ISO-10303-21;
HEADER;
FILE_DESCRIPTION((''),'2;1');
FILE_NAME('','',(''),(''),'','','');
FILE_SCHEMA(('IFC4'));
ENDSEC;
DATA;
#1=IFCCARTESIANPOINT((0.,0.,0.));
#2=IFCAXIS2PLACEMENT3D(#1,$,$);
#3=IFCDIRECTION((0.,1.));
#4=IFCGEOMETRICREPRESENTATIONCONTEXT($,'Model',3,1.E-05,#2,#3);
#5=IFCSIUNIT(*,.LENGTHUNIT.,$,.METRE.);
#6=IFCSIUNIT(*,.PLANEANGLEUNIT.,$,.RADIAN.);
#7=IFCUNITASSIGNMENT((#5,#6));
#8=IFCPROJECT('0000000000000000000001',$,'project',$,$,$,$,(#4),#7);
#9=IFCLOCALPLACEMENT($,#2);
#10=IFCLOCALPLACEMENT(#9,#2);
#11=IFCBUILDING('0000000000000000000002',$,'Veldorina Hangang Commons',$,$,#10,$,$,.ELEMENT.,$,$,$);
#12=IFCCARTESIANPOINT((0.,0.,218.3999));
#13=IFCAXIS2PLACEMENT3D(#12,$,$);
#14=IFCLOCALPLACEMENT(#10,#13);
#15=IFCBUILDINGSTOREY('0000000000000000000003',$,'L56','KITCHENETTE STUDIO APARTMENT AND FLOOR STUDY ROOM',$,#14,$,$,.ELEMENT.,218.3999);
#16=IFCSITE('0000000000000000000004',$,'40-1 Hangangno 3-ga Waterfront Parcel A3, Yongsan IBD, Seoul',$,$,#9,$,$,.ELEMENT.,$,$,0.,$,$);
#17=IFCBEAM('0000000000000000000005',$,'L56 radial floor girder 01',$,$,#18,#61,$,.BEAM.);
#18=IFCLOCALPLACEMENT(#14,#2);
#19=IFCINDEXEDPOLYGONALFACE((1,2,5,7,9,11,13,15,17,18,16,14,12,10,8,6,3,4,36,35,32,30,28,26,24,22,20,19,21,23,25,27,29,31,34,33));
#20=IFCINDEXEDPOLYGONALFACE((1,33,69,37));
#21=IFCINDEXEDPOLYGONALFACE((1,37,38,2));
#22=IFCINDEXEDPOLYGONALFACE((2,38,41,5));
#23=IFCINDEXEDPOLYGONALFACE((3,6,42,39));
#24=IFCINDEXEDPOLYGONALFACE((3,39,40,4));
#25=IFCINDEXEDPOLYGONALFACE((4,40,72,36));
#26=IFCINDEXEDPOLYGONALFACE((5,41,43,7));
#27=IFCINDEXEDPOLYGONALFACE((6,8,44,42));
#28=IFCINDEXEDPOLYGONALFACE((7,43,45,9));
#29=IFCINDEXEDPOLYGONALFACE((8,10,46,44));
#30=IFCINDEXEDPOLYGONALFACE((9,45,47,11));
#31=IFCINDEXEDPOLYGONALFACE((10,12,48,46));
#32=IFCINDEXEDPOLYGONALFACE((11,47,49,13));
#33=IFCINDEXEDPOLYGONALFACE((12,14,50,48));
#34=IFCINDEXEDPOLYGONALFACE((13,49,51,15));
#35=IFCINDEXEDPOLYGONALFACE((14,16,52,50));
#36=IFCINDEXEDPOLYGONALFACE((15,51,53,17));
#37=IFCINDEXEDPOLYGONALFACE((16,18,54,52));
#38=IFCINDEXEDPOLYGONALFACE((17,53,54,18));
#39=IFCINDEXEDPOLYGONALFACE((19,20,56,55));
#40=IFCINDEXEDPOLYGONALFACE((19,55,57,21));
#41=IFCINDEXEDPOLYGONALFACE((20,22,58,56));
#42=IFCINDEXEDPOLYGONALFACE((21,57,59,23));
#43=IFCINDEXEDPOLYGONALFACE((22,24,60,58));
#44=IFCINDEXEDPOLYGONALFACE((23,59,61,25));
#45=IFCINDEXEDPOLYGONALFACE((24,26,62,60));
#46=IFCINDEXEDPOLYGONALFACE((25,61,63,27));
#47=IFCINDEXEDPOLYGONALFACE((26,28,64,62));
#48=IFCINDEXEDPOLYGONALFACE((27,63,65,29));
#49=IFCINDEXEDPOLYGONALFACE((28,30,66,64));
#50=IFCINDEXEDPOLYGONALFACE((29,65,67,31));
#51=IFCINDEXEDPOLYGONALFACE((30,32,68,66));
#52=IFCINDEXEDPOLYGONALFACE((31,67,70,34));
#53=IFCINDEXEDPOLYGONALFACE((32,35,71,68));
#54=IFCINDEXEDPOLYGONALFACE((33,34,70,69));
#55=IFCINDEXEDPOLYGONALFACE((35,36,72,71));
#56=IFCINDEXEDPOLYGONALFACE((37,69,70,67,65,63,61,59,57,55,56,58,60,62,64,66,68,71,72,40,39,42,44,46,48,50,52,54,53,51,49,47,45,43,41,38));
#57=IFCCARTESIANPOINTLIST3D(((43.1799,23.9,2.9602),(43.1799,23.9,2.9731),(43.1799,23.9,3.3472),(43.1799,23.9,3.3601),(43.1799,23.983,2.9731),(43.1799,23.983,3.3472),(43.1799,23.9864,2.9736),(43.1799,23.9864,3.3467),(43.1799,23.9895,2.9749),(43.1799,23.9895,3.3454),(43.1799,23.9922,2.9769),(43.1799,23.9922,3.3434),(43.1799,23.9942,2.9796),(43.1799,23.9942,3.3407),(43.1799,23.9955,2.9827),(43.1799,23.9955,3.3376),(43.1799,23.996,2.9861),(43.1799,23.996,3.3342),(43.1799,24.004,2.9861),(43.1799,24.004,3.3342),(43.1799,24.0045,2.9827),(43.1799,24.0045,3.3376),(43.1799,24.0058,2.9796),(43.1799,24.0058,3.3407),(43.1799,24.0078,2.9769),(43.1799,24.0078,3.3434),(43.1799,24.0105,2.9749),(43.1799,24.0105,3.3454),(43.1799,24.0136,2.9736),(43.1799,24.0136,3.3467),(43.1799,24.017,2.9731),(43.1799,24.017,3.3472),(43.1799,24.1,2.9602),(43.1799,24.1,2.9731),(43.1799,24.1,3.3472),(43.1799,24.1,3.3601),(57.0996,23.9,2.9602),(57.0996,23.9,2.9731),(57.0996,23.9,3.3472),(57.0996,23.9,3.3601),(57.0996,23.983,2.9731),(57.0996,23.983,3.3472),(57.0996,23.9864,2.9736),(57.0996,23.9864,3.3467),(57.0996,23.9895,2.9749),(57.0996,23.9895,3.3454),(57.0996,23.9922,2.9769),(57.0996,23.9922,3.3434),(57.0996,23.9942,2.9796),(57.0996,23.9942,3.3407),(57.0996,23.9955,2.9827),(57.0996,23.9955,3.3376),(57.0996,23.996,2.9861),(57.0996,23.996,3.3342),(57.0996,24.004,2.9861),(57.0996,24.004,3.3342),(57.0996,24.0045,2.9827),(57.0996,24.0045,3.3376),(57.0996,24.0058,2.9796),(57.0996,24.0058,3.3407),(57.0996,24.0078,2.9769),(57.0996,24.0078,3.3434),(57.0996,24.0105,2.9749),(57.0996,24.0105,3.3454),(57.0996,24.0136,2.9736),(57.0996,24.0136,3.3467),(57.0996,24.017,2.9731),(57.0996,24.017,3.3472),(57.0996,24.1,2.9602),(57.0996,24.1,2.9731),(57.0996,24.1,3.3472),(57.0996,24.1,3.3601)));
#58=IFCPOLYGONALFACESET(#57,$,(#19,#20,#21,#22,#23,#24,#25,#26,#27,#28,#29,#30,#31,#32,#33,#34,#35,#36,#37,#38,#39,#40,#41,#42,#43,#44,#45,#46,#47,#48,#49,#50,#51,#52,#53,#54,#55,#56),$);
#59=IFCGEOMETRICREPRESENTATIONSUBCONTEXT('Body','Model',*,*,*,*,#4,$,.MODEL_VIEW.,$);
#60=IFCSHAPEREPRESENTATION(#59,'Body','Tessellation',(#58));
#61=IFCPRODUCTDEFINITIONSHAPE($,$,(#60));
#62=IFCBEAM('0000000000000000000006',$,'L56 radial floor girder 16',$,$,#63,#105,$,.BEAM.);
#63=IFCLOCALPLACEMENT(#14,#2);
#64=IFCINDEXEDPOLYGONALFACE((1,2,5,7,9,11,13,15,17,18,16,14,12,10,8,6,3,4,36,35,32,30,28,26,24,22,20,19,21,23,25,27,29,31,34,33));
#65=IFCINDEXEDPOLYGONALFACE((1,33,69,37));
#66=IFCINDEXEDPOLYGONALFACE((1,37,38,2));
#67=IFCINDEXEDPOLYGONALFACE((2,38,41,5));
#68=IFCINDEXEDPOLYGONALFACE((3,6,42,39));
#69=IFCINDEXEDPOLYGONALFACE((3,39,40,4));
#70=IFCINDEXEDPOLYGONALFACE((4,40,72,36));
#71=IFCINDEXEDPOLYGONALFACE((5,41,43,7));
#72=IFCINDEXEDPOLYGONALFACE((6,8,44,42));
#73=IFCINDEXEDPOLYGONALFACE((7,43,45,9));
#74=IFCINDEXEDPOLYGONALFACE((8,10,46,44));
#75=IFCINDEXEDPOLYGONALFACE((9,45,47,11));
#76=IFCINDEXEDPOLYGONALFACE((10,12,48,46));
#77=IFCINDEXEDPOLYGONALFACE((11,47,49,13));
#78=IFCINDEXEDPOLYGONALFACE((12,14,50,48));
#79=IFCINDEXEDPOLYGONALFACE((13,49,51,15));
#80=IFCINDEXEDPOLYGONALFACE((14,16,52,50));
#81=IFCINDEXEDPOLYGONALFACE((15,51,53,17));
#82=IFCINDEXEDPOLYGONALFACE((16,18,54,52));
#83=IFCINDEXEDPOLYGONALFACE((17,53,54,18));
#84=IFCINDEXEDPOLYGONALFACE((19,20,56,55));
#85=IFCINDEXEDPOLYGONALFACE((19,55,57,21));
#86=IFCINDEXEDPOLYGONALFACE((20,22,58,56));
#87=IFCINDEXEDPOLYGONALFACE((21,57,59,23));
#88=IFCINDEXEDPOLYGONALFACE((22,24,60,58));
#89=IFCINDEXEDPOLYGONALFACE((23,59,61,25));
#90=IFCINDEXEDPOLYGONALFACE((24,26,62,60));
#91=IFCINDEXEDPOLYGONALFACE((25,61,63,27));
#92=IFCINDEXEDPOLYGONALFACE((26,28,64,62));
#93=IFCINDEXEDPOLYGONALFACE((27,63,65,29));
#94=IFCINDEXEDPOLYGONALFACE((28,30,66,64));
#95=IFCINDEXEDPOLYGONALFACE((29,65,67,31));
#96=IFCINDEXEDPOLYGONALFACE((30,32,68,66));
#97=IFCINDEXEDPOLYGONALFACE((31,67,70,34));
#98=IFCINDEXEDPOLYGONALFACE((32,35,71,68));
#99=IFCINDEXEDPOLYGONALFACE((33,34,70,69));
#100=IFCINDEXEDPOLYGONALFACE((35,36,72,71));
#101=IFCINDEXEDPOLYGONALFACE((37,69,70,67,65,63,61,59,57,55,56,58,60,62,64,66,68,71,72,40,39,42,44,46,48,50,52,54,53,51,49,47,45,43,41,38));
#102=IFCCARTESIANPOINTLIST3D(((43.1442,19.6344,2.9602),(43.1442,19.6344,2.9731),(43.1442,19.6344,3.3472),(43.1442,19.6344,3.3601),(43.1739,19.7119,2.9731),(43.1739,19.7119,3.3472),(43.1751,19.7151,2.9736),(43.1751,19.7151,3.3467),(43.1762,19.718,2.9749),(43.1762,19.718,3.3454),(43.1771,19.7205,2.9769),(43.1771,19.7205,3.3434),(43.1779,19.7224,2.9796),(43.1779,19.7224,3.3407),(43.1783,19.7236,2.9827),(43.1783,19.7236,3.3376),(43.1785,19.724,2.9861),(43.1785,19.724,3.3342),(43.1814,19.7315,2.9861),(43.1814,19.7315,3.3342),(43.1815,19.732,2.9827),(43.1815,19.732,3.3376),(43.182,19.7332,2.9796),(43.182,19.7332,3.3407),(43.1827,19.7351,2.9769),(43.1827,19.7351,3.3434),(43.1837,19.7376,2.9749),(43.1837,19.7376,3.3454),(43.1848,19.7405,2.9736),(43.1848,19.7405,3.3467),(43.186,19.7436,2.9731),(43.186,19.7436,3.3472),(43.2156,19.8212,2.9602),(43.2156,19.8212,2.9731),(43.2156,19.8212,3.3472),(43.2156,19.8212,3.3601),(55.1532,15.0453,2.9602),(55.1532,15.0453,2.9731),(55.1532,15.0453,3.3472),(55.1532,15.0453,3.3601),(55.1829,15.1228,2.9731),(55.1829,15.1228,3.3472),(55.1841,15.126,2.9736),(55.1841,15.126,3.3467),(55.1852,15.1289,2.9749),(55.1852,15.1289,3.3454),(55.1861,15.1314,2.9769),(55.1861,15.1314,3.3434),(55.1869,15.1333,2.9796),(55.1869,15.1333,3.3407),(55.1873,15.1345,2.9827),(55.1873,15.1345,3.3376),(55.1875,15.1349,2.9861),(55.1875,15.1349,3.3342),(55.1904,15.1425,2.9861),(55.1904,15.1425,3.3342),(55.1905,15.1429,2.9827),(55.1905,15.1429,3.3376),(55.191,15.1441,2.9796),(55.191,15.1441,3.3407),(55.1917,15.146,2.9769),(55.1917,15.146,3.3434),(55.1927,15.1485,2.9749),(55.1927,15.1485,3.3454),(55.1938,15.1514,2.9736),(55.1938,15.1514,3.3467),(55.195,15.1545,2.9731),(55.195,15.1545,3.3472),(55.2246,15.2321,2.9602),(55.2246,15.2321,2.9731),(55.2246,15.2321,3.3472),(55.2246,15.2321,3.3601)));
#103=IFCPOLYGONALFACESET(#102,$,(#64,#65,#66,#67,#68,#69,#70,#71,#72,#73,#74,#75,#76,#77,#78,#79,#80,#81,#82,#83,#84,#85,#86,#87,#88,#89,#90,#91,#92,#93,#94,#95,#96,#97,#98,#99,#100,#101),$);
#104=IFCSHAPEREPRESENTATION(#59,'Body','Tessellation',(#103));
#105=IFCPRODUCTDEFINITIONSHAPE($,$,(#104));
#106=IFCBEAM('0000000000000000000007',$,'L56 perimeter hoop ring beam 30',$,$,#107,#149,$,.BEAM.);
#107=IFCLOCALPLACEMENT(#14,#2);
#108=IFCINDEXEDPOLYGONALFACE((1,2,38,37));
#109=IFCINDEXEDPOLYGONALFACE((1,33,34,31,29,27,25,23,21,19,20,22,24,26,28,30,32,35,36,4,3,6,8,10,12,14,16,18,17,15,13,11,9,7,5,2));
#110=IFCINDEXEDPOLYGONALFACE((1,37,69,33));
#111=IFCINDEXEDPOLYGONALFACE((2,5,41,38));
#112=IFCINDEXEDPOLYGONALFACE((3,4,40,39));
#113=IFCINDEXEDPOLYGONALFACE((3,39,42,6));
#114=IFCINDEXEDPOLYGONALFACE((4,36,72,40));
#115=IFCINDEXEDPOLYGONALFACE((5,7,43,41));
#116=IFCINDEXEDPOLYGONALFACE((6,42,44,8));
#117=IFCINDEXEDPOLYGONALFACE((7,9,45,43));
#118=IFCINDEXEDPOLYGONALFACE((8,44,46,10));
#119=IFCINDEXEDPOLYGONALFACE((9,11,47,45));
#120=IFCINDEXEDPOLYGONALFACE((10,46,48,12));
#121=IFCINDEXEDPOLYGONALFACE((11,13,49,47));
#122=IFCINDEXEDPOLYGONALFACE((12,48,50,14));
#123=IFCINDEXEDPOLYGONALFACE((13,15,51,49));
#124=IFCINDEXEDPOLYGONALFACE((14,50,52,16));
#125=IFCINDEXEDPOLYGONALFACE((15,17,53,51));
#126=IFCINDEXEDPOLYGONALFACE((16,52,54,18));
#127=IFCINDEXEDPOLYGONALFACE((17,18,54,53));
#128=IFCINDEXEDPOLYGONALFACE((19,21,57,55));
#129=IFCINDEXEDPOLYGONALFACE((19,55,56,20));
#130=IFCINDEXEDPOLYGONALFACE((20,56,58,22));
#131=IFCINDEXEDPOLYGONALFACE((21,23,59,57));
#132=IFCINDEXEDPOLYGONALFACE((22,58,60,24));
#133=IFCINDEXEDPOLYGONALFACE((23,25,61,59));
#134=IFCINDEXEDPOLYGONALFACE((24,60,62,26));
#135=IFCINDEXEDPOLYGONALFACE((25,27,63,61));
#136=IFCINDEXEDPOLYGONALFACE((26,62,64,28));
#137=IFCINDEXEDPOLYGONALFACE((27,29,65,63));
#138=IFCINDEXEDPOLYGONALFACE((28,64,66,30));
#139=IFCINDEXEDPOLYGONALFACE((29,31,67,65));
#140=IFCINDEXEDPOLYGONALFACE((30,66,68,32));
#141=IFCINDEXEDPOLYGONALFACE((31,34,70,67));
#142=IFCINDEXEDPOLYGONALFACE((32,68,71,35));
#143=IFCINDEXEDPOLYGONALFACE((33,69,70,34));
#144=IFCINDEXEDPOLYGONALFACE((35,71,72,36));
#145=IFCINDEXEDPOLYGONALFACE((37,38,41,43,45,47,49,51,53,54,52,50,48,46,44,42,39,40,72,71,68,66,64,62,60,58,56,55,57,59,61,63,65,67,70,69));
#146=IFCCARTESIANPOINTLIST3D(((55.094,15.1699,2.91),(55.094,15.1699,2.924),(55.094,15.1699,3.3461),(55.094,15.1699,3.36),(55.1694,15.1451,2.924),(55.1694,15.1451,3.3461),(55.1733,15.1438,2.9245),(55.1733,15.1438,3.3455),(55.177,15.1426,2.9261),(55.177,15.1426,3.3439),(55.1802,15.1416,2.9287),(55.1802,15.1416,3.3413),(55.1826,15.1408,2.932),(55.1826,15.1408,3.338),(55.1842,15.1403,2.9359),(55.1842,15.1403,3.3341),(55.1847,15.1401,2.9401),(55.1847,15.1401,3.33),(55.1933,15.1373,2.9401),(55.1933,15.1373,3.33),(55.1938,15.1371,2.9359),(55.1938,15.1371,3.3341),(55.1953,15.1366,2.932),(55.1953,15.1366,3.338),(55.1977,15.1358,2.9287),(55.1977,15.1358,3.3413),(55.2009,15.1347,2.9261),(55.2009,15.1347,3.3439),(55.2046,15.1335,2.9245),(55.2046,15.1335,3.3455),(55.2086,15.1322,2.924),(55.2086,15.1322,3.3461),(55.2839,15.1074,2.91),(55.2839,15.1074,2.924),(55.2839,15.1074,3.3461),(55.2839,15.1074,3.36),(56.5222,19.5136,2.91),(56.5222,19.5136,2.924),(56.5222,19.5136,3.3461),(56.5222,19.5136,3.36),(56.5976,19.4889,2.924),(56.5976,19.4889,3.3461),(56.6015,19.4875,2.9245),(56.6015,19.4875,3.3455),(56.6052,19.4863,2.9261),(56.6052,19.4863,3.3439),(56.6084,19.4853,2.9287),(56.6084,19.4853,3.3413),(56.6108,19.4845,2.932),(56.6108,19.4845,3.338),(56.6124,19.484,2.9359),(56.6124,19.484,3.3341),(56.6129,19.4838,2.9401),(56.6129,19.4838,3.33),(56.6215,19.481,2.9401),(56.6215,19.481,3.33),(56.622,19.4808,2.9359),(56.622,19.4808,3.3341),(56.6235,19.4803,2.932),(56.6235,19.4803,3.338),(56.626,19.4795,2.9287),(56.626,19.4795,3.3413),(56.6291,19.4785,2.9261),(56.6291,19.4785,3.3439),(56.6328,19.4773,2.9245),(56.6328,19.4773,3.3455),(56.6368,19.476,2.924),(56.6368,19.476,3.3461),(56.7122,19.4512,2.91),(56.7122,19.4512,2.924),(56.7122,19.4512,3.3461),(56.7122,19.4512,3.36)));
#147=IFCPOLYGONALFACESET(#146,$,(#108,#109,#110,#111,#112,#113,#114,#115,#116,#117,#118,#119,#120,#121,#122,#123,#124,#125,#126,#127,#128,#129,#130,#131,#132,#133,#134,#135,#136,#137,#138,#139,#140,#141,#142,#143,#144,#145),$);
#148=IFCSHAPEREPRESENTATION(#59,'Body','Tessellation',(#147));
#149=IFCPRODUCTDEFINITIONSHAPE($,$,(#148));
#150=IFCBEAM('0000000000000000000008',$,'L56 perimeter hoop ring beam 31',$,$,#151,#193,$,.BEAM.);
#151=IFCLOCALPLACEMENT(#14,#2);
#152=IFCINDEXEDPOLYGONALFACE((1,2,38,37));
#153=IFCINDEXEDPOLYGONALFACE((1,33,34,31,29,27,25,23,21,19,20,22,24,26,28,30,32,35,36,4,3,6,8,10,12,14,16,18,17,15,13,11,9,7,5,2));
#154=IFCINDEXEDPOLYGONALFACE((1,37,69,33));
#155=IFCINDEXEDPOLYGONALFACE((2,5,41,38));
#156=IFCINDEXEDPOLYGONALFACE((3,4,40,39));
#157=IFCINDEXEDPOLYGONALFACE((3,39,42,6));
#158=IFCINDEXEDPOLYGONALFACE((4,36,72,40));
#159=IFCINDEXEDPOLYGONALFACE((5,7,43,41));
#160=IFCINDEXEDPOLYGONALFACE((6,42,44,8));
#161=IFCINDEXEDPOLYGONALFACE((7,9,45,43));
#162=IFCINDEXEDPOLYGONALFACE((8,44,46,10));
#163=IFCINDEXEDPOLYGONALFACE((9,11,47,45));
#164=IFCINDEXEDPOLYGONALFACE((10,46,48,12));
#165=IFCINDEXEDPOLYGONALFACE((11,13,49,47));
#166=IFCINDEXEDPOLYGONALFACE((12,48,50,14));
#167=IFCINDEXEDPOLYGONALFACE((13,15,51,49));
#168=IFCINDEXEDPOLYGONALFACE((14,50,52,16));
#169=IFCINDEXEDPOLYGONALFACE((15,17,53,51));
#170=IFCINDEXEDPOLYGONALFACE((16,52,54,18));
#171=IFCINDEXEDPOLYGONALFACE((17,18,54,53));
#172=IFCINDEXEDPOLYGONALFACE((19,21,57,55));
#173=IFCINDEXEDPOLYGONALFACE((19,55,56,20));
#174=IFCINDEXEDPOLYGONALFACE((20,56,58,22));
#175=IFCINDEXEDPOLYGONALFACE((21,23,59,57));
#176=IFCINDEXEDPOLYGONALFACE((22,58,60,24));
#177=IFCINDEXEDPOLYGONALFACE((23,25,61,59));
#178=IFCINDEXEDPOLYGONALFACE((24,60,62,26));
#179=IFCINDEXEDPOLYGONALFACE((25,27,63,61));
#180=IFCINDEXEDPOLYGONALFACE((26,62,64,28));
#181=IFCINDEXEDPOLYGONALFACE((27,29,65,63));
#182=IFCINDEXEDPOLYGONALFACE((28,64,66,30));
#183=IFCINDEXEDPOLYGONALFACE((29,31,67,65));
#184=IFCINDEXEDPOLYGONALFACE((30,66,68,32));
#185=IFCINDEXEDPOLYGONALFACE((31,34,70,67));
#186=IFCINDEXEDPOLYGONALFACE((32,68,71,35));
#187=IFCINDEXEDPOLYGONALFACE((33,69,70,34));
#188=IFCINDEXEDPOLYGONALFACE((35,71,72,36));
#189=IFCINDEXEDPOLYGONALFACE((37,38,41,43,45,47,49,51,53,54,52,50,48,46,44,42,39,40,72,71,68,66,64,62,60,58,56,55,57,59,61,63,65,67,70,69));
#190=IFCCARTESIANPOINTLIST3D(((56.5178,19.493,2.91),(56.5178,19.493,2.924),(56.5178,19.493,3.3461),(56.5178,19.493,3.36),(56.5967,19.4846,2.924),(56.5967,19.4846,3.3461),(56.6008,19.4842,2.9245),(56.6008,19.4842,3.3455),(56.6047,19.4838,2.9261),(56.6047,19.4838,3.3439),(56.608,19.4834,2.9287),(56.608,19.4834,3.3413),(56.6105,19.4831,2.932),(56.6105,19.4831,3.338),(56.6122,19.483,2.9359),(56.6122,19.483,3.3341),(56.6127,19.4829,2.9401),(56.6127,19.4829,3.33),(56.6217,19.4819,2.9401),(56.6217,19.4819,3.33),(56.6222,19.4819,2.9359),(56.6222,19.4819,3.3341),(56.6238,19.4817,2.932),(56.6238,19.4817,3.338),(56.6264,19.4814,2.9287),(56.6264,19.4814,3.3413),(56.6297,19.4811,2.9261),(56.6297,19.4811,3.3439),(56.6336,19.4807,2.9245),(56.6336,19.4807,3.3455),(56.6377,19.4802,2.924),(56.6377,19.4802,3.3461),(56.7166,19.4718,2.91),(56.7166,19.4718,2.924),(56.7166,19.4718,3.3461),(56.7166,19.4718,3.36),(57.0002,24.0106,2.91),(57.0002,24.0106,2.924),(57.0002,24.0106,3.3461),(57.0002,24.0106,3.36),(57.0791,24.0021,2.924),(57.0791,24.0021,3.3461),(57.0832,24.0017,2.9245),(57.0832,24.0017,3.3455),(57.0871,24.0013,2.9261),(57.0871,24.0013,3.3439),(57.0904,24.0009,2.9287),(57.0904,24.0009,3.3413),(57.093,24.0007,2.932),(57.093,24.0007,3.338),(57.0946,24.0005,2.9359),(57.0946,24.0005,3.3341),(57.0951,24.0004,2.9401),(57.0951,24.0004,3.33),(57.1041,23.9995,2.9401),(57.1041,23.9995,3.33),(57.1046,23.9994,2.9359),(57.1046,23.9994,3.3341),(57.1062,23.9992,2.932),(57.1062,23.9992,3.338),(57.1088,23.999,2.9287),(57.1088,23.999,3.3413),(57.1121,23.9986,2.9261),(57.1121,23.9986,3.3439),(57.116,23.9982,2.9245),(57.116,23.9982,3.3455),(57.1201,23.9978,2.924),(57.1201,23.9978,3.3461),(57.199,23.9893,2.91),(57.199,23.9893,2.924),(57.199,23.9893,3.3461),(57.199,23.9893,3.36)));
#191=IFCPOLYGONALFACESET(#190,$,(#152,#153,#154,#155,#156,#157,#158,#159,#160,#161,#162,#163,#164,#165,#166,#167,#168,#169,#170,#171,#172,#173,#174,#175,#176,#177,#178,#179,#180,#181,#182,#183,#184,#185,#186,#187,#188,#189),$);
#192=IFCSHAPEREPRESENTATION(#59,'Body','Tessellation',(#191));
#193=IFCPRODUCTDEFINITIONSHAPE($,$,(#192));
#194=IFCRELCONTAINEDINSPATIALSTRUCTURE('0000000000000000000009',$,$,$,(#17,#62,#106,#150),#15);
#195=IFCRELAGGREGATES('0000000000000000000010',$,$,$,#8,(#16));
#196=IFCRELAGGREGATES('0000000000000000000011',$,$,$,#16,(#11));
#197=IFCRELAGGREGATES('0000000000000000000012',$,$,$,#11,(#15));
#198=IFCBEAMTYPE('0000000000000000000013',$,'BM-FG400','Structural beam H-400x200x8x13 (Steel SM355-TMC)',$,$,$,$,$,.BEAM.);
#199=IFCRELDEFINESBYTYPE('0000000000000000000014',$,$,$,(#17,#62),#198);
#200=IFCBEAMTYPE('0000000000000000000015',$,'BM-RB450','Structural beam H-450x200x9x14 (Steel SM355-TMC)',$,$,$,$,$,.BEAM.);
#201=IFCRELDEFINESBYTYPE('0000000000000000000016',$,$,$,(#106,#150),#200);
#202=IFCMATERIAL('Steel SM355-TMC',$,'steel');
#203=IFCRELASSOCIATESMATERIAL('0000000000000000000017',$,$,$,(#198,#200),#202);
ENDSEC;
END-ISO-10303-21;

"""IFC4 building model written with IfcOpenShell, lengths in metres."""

from ifc_helpers import new_model, si_unit, direction, frame, origin, origin_2d, place, context, subcontext, project, spatial, i_section, extrude, material, material_profile, profile_set, type_object, element, save


model = new_model("IFC4")

# Units and contexts
model_context = context("Model", 3, precision=1e-05, world=origin(), true_north=direction((0.0, 1.0)))
body_context = subcontext(model_context, "Body", "Model", "MODEL_VIEW")
ifc_project = project(units=[si_unit("LENGTHUNIT", "METRE"), si_unit("PLANEANGLEUNIT", "RADIAN")], contexts=[model_context])

# Site, building, storey
site_placement = place(None, origin())
site = spatial("IfcSite", under=ifc_project, at=site_placement, Name="40-1 Hangangno 3-ga Waterfront Parcel A3, Yongsan IBD, Seoul", CompositionType="ELEMENT", RefElevation=0.0)
building_placement = place(site_placement, origin())
building = spatial("IfcBuilding", under=site, at=building_placement, Name="Veldorina Hangang Commons", CompositionType="ELEMENT")
storey_placement = place(building_placement, frame((0.0, 0.0, 218.3999)))
storey = spatial("IfcBuildingStorey", under=building, at=storey_placement, Name="L56", Description="KITCHENETTE STUDIO APARTMENT AND FLOOR STUDY ROOM", CompositionType="ELEMENT", Elevation=218.3999)

# Beams
ifc_material_1 = material(Name="Steel SM355-TMC", Category="steel")
ifc_material_profile_1 = material_profile(ifc_material_1, i_section(OverallWidth=0.2, OverallDepth=0.3999, WebThickness=0.0081, FlangeThickness=0.0129, FilletRadius=0.0129, at=origin_2d()), Name="H-400x200x8x13")
ifc_profile_set_1 = profile_set([ifc_material_profile_1], Name="Steel SM355-TMC")
beam_type_1 = type_object("IfcBeamType", Name="BM-FG400", Description="Structural beam H-400x200x8x13 (Steel SM355-TMC)", PredefinedType="BEAM", material=ifc_profile_set_1)
beam_1_placement = place(storey_placement, frame((43.1799, 24.0, 3.1602), z_axis=(1.0, 0.0, 0.0), x_axis=(0.0, 1.0, 0.0)))
element("IfcBeam", 1, at=beam_1_placement, inside=storey, type_object=beam_type_1, Name="L56 radial floor girder 01", PredefinedType="BEAM", context=body_context, shape_type="SweptSolid", body=[
    extrude(i_section(OverallWidth=0.2, OverallDepth=0.3999, WebThickness=0.0081, FlangeThickness=0.0129, FilletRadius=0.0129, at=origin_2d()), origin(), (0.0, 0.0, 1.0), 13.9197),
])
beam_2_placement = place(storey_placement, frame((43.1799, 19.7278, 3.1602), z_axis=(0.934119, -0.356963, 0.0), x_axis=(0.356963, 0.934119, 0.0)))
element("IfcBeam", 2, at=beam_2_placement, inside=storey, type_object=beam_type_1, Name="L56 radial floor girder 16", PredefinedType="BEAM", context=body_context, shape_type="SweptSolid", body=[
    extrude(i_section(OverallWidth=0.2, OverallDepth=0.3999, WebThickness=0.0081, FlangeThickness=0.0129, FilletRadius=0.0129, at=origin_2d()), origin(), (0.0, 0.0, 1.0), 12.856),
])
ifc_material_profile_2 = material_profile(ifc_material_1, i_section(OverallWidth=0.2, OverallDepth=0.45, WebThickness=0.009, FlangeThickness=0.0139, FilletRadius=0.0161, at=origin_2d()), Name="H-450x200x9x14")
ifc_profile_set_2 = profile_set([ifc_material_profile_2], Name="Steel SM355-TMC")
beam_type_2 = type_object("IfcBeamType", Name="BM-RB450", Description="Structural beam H-450x200x9x14 (Steel SM355-TMC)", PredefinedType="BEAM", material=ifc_profile_set_2)
beam_3_placement = place(storey_placement, frame((55.189, 15.1387, 3.135), z_axis=(0.312349, 0.949967, 0.0), x_axis=(-0.949967, 0.312349, 0.0)))
element("IfcBeam", 3, at=beam_3_placement, inside=storey, type_object=beam_type_2, Name="L56 perimeter hoop ring beam 30", PredefinedType="BEAM", context=body_context, shape_type="SweptSolid", body=[
    extrude(i_section(OverallWidth=0.2, OverallDepth=0.45, WebThickness=0.009, FlangeThickness=0.0139, FilletRadius=0.0161, at=origin_2d()), origin(), (0.0, 0.0, 1.0), 4.5725),
])
beam_4_placement = place(storey_placement, frame((56.6172, 19.4824, 3.135), z_axis=(0.106184, 0.994346, 0.0), x_axis=(-0.994346, 0.106184, 0.0)))
element("IfcBeam", 4, at=beam_4_placement, inside=storey, type_object=beam_type_2, Name="L56 perimeter hoop ring beam 31", PredefinedType="BEAM", context=body_context, shape_type="SweptSolid", body=[
    extrude(i_section(OverallWidth=0.2, OverallDepth=0.45, WebThickness=0.009, FlangeThickness=0.0139, FilletRadius=0.0161, at=origin_2d()), origin(), (0.0, 0.0, 1.0), 4.5432),
])

save(model, "model.ifc")
